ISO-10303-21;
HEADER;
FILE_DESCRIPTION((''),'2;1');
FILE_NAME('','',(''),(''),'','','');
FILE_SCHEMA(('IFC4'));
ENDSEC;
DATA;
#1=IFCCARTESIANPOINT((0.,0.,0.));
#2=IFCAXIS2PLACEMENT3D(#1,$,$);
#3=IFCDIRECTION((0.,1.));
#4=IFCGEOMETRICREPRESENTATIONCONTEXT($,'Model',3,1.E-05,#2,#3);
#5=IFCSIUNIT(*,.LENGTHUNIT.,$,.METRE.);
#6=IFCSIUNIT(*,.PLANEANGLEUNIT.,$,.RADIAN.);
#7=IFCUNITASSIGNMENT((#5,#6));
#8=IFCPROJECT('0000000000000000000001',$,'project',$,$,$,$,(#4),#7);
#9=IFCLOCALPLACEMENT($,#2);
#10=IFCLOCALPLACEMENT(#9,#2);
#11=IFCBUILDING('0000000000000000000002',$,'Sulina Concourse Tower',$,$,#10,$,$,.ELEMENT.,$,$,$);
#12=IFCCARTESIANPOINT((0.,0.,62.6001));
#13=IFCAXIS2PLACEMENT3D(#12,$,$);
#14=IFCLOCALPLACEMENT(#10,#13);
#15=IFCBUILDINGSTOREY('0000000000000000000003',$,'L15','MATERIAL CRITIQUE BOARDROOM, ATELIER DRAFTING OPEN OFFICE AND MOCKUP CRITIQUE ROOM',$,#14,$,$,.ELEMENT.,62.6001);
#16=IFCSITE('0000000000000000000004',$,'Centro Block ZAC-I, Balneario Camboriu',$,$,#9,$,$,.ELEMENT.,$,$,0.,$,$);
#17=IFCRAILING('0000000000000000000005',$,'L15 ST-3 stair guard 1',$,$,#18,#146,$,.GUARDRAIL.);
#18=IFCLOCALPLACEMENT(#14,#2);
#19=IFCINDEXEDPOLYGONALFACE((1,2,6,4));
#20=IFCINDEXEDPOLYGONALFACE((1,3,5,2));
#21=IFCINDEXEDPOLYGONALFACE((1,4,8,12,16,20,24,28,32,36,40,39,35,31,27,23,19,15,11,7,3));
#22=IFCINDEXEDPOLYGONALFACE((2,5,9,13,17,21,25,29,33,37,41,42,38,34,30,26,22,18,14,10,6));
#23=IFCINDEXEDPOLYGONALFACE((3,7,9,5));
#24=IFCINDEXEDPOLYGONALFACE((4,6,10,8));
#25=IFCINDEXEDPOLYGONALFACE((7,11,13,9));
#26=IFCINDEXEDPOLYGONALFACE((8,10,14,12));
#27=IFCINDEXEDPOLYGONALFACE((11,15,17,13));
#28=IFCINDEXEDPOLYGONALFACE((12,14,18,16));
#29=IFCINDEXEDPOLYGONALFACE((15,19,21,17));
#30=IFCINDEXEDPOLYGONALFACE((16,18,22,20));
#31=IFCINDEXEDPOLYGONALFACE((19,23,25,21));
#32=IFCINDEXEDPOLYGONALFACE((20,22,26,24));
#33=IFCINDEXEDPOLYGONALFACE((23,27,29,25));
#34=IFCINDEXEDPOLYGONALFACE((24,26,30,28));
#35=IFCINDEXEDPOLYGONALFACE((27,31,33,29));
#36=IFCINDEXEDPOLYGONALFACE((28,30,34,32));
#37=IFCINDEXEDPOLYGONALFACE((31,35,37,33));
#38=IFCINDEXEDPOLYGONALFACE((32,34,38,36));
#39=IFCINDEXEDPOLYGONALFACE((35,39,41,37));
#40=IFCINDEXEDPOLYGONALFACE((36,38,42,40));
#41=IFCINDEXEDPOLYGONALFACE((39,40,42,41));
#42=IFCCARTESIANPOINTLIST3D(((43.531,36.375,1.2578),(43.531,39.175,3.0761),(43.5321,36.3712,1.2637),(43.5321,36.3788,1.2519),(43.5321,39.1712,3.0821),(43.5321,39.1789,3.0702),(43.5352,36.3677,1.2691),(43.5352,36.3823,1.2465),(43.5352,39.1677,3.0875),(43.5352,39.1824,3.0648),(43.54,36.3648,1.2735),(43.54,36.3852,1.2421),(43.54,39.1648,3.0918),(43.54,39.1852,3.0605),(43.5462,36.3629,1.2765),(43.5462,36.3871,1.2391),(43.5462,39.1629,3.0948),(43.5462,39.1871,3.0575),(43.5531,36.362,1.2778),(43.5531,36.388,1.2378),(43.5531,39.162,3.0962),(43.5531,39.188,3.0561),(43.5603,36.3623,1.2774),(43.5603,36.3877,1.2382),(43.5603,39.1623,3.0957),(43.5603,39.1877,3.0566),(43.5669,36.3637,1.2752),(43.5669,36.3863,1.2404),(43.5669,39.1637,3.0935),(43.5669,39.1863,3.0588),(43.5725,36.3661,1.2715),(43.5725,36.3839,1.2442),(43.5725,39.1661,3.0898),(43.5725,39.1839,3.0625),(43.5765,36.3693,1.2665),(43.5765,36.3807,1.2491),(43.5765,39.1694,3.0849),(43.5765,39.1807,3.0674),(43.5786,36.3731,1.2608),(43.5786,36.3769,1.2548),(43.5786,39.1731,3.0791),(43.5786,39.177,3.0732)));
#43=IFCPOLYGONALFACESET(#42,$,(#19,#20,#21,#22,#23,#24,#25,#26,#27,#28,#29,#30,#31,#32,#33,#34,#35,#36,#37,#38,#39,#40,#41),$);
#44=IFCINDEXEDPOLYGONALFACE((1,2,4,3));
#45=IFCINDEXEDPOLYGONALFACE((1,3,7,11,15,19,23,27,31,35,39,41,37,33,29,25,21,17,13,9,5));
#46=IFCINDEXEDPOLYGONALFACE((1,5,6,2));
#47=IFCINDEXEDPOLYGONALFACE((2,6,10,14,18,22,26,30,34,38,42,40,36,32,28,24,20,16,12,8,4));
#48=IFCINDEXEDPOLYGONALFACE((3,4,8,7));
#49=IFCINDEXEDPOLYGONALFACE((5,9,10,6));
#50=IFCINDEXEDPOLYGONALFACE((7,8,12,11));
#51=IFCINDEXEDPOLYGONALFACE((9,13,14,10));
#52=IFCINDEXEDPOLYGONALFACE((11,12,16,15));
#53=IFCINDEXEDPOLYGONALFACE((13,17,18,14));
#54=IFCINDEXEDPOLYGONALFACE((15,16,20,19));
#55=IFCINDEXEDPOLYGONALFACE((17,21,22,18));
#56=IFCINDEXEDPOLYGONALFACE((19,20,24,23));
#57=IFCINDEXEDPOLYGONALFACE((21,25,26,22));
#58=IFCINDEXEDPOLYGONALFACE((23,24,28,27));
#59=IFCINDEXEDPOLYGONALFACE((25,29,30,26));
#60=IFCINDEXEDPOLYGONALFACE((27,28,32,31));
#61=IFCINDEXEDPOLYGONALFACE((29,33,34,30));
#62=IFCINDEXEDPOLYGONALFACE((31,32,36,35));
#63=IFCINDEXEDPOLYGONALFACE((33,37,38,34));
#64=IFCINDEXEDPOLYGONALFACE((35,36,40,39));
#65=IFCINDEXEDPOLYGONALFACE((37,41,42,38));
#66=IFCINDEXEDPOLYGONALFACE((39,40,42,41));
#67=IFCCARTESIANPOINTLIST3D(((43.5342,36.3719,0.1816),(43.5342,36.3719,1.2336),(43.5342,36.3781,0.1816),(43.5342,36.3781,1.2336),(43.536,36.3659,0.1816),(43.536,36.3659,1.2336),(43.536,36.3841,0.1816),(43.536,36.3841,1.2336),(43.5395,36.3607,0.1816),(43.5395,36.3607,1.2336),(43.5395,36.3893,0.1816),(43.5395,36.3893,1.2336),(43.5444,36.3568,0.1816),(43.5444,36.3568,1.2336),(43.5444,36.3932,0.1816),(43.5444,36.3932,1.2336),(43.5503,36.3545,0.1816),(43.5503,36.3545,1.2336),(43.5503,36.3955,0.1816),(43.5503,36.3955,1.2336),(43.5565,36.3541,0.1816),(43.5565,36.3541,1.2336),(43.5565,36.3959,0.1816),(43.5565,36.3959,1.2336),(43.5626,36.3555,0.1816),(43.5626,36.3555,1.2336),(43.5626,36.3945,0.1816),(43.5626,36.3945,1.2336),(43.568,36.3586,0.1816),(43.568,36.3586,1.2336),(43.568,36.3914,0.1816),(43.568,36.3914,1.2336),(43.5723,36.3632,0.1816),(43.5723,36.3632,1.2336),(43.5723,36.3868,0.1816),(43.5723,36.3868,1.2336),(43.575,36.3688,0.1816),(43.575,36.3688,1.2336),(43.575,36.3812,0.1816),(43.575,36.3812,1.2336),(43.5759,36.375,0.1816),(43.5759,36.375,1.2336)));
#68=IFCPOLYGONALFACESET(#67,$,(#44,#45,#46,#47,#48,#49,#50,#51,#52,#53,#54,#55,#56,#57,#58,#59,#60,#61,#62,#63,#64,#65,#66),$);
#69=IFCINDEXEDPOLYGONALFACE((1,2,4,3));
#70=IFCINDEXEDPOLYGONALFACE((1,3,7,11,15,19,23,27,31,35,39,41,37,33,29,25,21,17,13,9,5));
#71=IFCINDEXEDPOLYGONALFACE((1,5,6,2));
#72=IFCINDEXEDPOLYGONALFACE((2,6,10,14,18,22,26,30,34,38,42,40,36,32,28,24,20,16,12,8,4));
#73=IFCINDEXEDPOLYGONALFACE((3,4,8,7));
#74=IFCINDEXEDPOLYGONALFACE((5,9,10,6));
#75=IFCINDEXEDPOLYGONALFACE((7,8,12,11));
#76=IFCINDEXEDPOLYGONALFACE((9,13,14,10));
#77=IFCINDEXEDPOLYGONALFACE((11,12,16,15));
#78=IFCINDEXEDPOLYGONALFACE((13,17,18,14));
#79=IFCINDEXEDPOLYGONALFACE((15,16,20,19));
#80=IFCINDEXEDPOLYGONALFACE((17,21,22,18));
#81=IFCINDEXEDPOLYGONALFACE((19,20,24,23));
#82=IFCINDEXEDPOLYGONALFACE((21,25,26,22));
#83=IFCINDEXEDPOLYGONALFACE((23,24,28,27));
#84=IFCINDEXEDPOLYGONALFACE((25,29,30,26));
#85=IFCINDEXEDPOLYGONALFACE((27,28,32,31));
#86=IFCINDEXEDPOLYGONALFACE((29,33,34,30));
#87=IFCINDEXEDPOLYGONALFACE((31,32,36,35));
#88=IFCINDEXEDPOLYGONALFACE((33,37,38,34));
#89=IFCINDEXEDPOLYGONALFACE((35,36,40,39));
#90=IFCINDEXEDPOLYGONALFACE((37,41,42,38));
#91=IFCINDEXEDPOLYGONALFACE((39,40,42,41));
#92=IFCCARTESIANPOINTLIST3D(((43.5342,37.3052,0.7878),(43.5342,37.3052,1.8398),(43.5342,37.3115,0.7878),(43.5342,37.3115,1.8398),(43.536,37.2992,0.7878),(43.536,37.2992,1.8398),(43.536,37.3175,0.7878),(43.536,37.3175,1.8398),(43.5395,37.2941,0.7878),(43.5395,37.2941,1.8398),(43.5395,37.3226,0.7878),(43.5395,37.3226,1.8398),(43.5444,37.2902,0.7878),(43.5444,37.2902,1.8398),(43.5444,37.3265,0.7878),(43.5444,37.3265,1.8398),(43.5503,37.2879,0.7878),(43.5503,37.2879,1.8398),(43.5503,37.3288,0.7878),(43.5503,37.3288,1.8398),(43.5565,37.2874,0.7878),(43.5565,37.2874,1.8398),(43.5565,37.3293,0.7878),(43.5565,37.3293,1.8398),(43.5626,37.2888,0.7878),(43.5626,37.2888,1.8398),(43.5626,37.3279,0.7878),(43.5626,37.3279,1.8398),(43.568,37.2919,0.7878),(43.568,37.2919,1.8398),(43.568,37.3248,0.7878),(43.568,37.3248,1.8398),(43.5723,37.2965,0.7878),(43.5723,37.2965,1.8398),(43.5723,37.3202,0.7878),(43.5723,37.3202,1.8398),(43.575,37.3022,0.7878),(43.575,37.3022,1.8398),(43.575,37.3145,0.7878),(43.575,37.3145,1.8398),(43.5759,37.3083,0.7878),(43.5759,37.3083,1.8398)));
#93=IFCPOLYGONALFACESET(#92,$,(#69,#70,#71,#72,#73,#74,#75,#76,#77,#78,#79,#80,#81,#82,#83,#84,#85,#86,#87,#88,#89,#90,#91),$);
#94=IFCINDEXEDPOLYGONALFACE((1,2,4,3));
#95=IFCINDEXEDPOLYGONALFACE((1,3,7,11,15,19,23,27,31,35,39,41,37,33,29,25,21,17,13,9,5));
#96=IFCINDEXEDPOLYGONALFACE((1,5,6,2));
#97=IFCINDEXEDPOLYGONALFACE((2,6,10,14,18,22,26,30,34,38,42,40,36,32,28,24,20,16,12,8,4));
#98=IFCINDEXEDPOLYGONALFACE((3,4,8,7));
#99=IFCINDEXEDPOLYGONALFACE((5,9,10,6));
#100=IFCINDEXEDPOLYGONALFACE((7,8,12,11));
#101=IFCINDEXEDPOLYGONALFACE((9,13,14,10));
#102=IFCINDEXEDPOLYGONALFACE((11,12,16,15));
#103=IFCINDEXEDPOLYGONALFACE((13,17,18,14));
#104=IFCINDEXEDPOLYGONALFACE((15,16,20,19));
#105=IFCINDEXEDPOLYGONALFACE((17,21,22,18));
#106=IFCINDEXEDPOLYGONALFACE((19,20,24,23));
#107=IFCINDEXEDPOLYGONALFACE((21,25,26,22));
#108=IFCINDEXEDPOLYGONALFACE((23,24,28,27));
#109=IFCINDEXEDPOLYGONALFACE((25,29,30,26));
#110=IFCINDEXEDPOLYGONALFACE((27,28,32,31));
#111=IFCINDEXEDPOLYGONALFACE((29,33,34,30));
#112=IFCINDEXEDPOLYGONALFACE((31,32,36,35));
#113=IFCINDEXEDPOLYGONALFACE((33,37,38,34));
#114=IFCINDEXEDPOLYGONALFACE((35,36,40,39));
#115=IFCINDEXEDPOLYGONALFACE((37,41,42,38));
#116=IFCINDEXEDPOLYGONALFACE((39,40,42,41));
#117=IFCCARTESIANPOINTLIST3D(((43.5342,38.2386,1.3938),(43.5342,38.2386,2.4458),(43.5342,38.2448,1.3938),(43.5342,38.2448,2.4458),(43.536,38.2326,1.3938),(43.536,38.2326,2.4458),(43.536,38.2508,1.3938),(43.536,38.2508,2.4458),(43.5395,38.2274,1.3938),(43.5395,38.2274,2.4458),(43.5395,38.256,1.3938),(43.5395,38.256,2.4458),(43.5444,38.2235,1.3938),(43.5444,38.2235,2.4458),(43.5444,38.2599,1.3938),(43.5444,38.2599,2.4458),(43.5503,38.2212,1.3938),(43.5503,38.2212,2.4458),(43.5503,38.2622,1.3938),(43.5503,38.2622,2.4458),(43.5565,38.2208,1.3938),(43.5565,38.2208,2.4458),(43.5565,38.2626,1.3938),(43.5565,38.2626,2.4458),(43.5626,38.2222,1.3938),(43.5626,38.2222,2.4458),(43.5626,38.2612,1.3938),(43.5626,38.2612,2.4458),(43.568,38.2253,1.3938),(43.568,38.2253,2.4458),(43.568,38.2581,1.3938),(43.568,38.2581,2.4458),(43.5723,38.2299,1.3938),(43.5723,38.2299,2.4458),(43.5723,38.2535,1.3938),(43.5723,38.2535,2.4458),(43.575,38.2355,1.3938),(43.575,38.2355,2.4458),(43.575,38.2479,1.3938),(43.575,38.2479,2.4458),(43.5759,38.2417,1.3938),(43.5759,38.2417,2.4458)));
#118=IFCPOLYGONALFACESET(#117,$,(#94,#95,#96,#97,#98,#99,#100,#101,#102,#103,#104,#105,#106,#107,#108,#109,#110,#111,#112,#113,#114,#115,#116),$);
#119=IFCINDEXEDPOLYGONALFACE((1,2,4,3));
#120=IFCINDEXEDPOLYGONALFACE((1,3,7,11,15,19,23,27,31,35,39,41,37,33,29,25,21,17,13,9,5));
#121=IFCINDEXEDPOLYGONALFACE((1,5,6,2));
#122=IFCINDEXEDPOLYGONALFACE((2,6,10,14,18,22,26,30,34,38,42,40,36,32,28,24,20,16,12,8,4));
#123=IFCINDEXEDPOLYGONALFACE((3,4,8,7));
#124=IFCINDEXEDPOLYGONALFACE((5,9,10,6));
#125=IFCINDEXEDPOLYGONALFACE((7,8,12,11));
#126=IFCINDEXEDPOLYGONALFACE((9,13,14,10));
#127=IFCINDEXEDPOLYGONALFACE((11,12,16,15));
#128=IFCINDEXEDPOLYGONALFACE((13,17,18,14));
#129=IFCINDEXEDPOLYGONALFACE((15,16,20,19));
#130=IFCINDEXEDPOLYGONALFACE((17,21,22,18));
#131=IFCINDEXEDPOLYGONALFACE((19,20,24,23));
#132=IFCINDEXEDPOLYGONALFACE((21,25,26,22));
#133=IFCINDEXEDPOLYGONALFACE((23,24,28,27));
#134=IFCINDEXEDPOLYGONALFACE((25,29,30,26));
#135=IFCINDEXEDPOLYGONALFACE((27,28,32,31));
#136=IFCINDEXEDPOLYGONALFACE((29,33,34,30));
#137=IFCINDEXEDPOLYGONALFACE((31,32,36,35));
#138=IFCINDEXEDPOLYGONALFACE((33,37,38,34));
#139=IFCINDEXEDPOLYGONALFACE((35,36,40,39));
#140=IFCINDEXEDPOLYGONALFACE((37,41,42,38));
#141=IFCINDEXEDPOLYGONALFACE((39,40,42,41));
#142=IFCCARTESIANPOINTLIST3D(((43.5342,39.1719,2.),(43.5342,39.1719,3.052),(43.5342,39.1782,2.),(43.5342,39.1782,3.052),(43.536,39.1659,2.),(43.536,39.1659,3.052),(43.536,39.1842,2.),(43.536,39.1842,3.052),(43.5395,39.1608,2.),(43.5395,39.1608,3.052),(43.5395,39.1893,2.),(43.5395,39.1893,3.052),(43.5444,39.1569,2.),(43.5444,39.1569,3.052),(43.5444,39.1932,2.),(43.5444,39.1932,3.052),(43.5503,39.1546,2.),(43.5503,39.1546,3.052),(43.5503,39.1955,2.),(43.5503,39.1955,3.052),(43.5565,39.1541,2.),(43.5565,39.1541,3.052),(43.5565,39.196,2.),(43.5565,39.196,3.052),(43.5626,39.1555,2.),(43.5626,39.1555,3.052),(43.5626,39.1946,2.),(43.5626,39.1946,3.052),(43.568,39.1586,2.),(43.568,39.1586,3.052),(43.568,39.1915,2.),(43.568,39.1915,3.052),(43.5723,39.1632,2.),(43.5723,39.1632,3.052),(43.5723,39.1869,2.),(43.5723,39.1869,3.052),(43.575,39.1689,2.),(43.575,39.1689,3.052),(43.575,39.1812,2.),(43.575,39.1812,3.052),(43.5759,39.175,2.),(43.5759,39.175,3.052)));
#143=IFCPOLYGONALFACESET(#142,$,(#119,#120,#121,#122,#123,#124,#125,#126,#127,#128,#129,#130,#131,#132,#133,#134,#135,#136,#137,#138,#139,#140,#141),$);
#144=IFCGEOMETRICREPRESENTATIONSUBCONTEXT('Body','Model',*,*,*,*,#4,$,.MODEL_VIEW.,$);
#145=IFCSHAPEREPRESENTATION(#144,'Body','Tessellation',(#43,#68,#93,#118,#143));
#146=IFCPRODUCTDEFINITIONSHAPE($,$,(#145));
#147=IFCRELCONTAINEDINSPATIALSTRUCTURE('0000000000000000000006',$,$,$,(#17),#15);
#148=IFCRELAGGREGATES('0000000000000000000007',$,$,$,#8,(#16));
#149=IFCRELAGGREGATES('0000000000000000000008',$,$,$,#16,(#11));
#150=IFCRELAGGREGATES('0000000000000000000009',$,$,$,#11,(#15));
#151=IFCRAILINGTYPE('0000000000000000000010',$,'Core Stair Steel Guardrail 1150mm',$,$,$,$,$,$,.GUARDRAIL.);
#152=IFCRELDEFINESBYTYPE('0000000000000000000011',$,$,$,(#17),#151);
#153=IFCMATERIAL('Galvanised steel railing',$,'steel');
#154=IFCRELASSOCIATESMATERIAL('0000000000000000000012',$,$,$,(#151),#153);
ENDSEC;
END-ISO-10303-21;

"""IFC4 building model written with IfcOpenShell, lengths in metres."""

from ifc_helpers import new_model, si_unit, direction, frame, origin, origin_2d, place, context, subcontext, project, spatial, circle, extrude, material, type_object, element, save


model = new_model("IFC4")

# Units and contexts
model_context = context("Model", 3, precision=1e-05, world=origin(), true_north=direction((0.0, 1.0)))
body_context = subcontext(model_context, "Body", "Model", "MODEL_VIEW")
ifc_project = project(units=[si_unit("LENGTHUNIT", "METRE"), si_unit("PLANEANGLEUNIT", "RADIAN")], contexts=[model_context])

# Site, building, storey
site_placement = place(None, origin())
site = spatial("IfcSite", under=ifc_project, at=site_placement, Name="Centro Block ZAC-I, Balneario Camboriu", CompositionType="ELEMENT", RefElevation=0.0)
building_placement = place(site_placement, origin())
building = spatial("IfcBuilding", under=site, at=building_placement, Name="Sulina Concourse Tower", CompositionType="ELEMENT")
storey_placement = place(building_placement, frame((0.0, 0.0, 62.6001)))
storey = spatial("IfcBuildingStorey", under=building, at=storey_placement, Name="L15", Description="MATERIAL CRITIQUE BOARDROOM, ATELIER DRAFTING OPEN OFFICE AND MOCKUP CRITIQUE ROOM", CompositionType="ELEMENT", Elevation=62.6001)

# Railing
ifc_material_1 = material(Name="Galvanised steel railing", Category="steel")
railing_type = type_object("IfcRailingType", Name="Core Stair Steel Guardrail 1150mm", PredefinedType="GUARDRAIL", material=ifc_material_1)
railing_1_placement = place(storey_placement, frame((43.5549, 36.375, 0.1816)))
element("IfcRailing", 1, at=railing_1_placement, inside=storey, type_object=railing_type, Name="L15 ST-3 stair guard 1", PredefinedType="GUARDRAIL", context=body_context, shape_type="SweptSolid", body=[
    extrude(circle(Radius=0.0239, at=origin_2d()), frame((0.0, 0.0, 1.0762), z_axis=(0.0, 0.838672, 0.544636), x_axis=(-1.0, 0.0, 0.0)), (0.0, 0.0, 1.0), 3.3386),
    extrude(circle(Radius=0.021, at=origin_2d()), origin(), (0.0, 0.0, 1.0), 1.052),
    extrude(circle(Radius=0.021, at=origin_2d()), frame((0.0, 0.9333, 0.6062)), (0.0, 0.0, 1.0), 1.052),
    extrude(circle(Radius=0.021, at=origin_2d()), frame((0.0, 1.8667, 1.2122)), (0.0, 0.0, 1.0), 1.052),
    extrude(circle(Radius=0.021, at=origin_2d()), frame((0.0, 2.8, 1.8184)), (0.0, 0.0, 1.0), 1.052),
])

save(model, "model.ifc")
